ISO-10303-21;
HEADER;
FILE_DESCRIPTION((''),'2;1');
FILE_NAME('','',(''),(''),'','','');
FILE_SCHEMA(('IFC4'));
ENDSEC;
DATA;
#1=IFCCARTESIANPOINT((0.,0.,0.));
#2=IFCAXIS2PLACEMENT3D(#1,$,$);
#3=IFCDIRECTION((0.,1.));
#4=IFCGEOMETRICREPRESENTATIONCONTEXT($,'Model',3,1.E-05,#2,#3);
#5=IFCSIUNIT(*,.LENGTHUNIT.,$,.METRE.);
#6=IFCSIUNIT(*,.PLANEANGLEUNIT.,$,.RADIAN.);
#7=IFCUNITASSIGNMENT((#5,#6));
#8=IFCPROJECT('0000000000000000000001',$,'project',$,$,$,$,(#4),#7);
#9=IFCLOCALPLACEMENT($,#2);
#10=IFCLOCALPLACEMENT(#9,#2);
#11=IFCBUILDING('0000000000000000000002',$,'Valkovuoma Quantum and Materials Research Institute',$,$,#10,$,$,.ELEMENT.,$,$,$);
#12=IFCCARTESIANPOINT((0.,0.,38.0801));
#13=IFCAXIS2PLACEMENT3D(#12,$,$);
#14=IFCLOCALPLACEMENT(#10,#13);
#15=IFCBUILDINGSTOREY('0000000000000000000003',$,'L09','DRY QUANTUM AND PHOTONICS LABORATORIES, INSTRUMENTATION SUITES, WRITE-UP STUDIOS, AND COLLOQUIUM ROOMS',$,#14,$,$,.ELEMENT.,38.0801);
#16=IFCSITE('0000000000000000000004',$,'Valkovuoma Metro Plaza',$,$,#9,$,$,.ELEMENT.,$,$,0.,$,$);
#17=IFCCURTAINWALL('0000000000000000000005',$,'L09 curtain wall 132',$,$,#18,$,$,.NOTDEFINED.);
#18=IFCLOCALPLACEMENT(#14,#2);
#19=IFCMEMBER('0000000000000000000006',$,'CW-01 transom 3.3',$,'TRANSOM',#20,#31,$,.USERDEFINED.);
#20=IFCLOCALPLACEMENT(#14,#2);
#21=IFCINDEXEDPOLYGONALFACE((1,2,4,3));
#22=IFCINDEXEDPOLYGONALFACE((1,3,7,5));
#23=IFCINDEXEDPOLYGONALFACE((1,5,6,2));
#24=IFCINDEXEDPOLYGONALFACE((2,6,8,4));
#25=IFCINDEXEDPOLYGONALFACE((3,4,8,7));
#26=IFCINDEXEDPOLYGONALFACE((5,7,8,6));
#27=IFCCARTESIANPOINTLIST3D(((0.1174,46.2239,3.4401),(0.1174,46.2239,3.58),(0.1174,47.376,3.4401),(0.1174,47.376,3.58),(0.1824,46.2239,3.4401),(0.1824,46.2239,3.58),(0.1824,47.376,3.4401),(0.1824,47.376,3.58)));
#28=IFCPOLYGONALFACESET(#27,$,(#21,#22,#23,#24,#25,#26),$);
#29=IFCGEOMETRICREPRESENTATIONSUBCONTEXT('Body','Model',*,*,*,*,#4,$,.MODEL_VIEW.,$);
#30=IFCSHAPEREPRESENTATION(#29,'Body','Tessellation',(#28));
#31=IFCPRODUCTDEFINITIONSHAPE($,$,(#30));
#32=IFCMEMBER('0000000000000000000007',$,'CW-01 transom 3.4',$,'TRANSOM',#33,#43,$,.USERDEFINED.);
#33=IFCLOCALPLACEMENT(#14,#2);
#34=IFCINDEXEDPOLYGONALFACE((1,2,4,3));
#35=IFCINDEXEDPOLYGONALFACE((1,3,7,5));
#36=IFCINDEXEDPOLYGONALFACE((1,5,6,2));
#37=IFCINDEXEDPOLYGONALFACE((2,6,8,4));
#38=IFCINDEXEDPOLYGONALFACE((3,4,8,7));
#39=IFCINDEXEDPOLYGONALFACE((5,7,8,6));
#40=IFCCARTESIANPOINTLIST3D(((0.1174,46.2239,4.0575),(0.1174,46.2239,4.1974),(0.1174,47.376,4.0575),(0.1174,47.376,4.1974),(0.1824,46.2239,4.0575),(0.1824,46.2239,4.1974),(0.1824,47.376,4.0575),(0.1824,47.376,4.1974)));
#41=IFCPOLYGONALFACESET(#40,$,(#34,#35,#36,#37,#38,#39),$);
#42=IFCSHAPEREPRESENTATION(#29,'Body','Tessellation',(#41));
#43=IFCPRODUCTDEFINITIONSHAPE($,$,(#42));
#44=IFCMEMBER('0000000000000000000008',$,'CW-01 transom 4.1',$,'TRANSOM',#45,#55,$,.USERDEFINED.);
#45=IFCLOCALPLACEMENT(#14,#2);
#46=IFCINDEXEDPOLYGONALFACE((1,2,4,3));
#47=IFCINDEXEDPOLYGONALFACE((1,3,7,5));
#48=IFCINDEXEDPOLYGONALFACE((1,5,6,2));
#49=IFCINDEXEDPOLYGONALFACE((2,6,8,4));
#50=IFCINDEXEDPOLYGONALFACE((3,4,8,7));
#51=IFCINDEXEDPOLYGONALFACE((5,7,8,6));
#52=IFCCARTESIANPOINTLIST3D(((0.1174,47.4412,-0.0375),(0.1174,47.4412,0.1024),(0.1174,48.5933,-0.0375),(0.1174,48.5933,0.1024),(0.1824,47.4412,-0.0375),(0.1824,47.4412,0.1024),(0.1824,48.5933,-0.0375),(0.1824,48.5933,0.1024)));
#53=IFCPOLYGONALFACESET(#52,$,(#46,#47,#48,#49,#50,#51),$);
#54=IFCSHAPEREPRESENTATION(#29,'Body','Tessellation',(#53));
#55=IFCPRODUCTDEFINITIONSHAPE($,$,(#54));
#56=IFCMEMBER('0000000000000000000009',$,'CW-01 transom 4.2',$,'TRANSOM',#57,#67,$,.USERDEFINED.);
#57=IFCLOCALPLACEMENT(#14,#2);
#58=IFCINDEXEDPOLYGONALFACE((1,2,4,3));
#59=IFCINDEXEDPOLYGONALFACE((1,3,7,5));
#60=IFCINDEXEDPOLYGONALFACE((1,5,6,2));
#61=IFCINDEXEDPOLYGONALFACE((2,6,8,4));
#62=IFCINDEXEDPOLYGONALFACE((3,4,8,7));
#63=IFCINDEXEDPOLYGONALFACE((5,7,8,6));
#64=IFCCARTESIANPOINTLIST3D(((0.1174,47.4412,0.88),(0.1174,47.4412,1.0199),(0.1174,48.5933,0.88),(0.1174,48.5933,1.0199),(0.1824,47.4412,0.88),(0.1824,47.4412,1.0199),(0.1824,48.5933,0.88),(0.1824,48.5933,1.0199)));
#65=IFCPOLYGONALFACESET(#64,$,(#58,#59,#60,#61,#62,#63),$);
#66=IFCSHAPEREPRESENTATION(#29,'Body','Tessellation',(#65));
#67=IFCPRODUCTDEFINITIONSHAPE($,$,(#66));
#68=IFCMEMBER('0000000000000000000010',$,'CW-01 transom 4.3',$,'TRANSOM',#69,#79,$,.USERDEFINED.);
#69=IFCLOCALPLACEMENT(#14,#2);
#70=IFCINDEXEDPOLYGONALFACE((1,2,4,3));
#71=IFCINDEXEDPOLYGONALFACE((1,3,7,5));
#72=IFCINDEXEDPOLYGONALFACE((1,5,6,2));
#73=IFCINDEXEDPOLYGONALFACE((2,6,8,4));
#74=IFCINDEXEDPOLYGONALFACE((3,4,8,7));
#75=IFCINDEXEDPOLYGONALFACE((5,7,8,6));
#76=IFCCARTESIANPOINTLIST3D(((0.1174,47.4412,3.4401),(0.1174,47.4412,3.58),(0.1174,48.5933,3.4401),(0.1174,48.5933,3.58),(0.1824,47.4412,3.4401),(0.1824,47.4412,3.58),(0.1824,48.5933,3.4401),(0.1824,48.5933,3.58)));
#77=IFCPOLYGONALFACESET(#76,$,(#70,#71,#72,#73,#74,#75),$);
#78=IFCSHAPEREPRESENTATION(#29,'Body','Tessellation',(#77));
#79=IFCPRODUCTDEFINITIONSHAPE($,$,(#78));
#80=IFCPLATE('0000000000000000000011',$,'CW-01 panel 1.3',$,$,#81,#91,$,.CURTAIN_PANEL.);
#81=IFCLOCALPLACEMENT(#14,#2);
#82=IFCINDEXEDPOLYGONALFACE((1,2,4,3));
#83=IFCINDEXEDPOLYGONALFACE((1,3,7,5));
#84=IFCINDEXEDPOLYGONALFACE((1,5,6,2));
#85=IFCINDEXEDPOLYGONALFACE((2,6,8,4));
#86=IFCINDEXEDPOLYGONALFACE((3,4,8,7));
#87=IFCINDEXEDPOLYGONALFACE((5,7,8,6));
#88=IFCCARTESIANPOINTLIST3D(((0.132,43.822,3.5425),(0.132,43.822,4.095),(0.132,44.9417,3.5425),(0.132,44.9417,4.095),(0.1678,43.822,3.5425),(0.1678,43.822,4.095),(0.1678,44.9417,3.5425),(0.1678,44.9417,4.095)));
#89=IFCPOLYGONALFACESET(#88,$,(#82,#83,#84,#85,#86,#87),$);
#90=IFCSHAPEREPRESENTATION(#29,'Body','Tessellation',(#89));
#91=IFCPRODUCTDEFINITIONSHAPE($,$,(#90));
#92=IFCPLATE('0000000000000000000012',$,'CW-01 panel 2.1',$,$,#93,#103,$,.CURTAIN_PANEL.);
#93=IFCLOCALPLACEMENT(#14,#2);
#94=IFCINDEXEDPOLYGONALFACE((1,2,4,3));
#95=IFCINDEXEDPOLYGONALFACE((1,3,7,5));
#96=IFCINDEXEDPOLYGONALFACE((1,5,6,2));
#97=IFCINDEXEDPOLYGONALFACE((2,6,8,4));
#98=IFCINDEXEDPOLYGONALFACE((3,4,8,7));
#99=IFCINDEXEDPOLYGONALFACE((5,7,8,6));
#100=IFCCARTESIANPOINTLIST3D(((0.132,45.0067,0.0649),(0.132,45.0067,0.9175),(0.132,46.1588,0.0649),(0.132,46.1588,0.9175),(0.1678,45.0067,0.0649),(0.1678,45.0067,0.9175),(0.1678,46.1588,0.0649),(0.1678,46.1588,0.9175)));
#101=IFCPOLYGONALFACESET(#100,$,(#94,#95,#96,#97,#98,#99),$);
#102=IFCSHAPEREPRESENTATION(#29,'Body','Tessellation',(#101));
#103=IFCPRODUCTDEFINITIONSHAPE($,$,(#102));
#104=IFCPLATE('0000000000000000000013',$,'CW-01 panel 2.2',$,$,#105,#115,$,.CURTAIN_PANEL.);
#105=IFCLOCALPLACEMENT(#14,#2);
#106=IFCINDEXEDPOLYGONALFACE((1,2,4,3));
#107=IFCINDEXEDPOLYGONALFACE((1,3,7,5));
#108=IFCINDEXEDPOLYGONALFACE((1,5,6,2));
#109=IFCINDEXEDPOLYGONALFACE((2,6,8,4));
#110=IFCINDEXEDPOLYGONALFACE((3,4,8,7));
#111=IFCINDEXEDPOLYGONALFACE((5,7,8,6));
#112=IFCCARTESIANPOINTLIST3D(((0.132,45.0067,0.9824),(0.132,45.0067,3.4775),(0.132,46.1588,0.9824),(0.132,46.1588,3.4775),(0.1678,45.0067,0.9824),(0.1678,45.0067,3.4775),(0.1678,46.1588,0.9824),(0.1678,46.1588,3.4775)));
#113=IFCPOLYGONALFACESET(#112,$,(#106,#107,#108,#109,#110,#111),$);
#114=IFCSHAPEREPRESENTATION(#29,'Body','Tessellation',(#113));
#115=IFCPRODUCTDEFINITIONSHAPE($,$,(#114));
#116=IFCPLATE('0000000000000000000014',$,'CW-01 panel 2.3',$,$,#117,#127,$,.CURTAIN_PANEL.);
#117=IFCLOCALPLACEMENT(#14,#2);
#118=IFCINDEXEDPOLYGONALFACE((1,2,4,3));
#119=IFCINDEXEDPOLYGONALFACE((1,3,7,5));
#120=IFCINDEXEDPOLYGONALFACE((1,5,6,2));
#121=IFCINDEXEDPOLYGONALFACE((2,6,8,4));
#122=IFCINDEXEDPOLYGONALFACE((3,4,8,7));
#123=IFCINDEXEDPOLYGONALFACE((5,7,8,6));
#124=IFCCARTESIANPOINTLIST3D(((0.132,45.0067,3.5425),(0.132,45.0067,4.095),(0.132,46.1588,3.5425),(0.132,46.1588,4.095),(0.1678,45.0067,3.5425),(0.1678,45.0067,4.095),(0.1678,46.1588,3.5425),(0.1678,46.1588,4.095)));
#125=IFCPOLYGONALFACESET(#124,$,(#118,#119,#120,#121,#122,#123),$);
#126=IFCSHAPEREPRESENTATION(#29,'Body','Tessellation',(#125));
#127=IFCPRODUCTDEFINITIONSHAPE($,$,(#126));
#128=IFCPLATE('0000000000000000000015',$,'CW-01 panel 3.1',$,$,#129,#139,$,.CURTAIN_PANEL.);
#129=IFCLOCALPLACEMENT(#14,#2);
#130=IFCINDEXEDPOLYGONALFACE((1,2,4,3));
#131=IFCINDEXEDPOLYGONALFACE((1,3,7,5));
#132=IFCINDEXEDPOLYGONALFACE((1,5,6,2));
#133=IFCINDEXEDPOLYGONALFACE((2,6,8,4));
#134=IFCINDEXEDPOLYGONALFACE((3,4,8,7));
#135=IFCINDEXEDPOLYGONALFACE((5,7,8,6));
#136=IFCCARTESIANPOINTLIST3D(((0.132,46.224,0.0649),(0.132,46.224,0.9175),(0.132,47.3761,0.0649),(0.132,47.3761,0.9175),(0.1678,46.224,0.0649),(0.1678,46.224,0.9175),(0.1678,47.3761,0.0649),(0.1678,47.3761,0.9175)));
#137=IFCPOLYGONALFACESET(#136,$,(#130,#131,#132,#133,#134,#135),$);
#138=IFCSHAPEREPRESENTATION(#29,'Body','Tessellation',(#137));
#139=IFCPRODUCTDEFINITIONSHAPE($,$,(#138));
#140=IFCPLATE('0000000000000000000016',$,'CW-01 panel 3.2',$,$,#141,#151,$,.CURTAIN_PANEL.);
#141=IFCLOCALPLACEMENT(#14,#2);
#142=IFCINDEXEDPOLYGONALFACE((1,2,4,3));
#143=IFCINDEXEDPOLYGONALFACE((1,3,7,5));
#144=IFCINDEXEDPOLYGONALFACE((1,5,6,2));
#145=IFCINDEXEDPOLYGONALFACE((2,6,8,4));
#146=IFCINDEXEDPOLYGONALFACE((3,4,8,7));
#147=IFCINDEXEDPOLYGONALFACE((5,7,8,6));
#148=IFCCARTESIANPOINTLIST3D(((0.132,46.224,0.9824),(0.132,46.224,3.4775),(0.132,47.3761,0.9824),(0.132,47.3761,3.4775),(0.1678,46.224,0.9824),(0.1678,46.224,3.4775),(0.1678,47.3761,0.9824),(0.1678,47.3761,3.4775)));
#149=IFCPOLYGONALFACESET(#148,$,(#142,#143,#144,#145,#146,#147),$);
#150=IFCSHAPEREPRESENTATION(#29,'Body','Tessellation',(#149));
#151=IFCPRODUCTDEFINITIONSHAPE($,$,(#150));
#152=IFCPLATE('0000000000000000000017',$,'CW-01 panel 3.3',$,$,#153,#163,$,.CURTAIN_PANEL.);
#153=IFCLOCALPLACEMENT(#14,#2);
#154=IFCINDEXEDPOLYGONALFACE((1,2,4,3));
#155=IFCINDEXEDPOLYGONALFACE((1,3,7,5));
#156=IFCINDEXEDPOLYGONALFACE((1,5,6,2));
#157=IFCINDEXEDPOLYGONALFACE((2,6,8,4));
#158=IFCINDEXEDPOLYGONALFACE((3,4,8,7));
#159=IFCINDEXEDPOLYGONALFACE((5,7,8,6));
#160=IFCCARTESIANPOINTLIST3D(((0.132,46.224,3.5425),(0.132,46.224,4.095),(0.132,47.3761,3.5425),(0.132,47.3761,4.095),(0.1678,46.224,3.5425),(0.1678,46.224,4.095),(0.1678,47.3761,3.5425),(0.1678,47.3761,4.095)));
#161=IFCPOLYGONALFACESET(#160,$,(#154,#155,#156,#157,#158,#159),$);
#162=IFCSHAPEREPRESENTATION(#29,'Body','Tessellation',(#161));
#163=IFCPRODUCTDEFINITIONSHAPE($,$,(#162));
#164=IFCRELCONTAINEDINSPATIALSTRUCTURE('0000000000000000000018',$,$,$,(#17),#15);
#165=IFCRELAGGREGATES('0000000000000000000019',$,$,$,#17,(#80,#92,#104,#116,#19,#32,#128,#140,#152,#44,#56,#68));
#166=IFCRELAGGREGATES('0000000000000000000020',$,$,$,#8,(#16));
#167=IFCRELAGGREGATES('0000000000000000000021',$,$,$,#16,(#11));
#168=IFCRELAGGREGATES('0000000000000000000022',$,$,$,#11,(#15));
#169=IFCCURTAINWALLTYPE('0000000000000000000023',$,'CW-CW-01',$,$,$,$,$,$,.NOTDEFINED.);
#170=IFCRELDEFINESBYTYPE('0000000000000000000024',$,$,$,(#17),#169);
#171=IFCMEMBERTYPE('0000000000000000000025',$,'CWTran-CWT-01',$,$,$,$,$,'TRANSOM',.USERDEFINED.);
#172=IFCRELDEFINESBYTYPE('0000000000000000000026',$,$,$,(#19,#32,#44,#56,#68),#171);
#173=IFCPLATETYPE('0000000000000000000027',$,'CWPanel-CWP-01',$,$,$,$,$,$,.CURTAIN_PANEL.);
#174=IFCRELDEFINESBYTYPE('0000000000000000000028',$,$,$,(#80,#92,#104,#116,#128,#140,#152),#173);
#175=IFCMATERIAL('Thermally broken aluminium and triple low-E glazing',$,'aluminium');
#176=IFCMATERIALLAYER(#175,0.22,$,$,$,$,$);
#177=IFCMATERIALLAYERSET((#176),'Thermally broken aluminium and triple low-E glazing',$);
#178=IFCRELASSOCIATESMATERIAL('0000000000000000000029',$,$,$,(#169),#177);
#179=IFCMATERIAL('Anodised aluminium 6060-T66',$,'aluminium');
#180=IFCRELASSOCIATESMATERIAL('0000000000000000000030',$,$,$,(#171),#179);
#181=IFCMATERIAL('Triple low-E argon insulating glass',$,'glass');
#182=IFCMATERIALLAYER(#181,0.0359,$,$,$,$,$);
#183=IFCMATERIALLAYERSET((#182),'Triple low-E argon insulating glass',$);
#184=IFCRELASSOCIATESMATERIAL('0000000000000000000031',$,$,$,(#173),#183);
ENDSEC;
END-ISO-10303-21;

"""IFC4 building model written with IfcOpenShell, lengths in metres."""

from ifc_helpers import new_model, si_unit, direction, frame, origin, origin_2d, place, context, subcontext, project, spatial, rectangle, extrude, material, layer, layer_set, material_profile, profile_set, type_object, element, aggregate, save


model = new_model("IFC4")

# Units and contexts
model_context = context("Model", 3, precision=1e-05, world=origin(), true_north=direction((0.0, 1.0)))
body_context = subcontext(model_context, "Body", "Model", "MODEL_VIEW")
ifc_project = project(units=[si_unit("LENGTHUNIT", "METRE"), si_unit("PLANEANGLEUNIT", "RADIAN")], contexts=[model_context])

# Site, building, storey
site_placement = place(None, origin())
site = spatial("IfcSite", under=ifc_project, at=site_placement, Name="Valkovuoma Metro Plaza", CompositionType="ELEMENT", RefElevation=0.0)
building_placement = place(site_placement, origin())
building = spatial("IfcBuilding", under=site, at=building_placement, Name="Valkovuoma Quantum and Materials Research Institute", CompositionType="ELEMENT")
storey_placement = place(building_placement, frame((0.0, 0.0, 38.0801)))
storey = spatial("IfcBuildingStorey", under=building, at=storey_placement, Name="L09", Description="DRY QUANTUM AND PHOTONICS LABORATORIES, INSTRUMENTATION SUITES, WRITE-UP STUDIOS, AND COLLOQUIUM ROOMS", CompositionType="ELEMENT", Elevation=38.0801)

# Curtain wall, members, plates
ifc_material_1 = material(Name="Thermally broken aluminium and triple low-E glazing", Category="aluminium")
ifc_layer_1 = layer(ifc_material_1, 0.22)
ifc_layer_set_1 = layer_set([ifc_layer_1], Name="Thermally broken aluminium and triple low-E glazing")
curtain_wall_type = type_object("IfcCurtainWallType", Name="CW-CW-01", PredefinedType="NOTDEFINED", material=ifc_layer_set_1)
curtain_wall_placement = place(storey_placement, origin())
curtain_wall = element("IfcCurtainWall", 1, at=curtain_wall_placement, inside=storey, type_object=curtain_wall_type, Name="L09 curtain wall 132", PredefinedType="NOTDEFINED")
ifc_material_2 = material(Name="Anodised aluminium 6060-T66", Category="aluminium")
ifc_material_profile_1 = material_profile(ifc_material_2, rectangle(XDim=0.0649, YDim=0.1399, at=origin_2d()), Name="Anodised aluminium 6060-T66")
ifc_profile_set_1 = profile_set([ifc_material_profile_1], Name="Anodised aluminium 6060-T66")
member_type_1 = type_object("IfcMemberType", Name="CWTran-CWT-01", ElementType="TRANSOM", PredefinedType="USERDEFINED", material=ifc_profile_set_1)
member_1_placement = place(storey_placement, frame((0.1499, 46.2239, 3.51), z_axis=(0.0, 1.0, 0.0), x_axis=(-1.0, 0.0, 0.0)))
member_1 = element("IfcMember", 2, at=member_1_placement, type_object=member_type_1, Name="CW-01 transom 3.3", ObjectType="TRANSOM", PredefinedType="USERDEFINED", context=body_context, shape_type="SweptSolid", body=[
    extrude(rectangle(XDim=0.0649, YDim=0.1399, at=origin_2d()), origin(), (0.0, 0.0, 1.0), 1.1521),
])
member_2_placement = place(storey_placement, frame((0.1499, 46.2239, 4.1274), z_axis=(0.0, 1.0, 0.0), x_axis=(-1.0, 0.0, 0.0)))
member_2 = element("IfcMember", 3, at=member_2_placement, type_object=member_type_1, Name="CW-01 transom 3.4", ObjectType="TRANSOM", PredefinedType="USERDEFINED", context=body_context, shape_type="SweptSolid", body=[
    extrude(rectangle(XDim=0.0649, YDim=0.1399, at=origin_2d()), origin(), (0.0, 0.0, 1.0), 1.1521),
])
member_3_placement = place(storey_placement, frame((0.1499, 47.4412, 0.0325), z_axis=(0.0, 1.0, 0.0), x_axis=(-1.0, 0.0, 0.0)))
member_3 = element("IfcMember", 4, at=member_3_placement, type_object=member_type_1, Name="CW-01 transom 4.1", ObjectType="TRANSOM", PredefinedType="USERDEFINED", context=body_context, shape_type="SweptSolid", body=[
    extrude(rectangle(XDim=0.0649, YDim=0.1399, at=origin_2d()), origin(), (0.0, 0.0, 1.0), 1.1521),
])
member_4_placement = place(storey_placement, frame((0.1499, 47.4412, 0.95), z_axis=(0.0, 1.0, 0.0), x_axis=(-1.0, 0.0, 0.0)))
member_4 = element("IfcMember", 5, at=member_4_placement, type_object=member_type_1, Name="CW-01 transom 4.2", ObjectType="TRANSOM", PredefinedType="USERDEFINED", context=body_context, shape_type="SweptSolid", body=[
    extrude(rectangle(XDim=0.0649, YDim=0.1399, at=origin_2d()), origin(), (0.0, 0.0, 1.0), 1.1521),
])
member_5_placement = place(storey_placement, frame((0.1499, 47.4412, 3.51), z_axis=(0.0, 1.0, 0.0), x_axis=(-1.0, 0.0, 0.0)))
member_5 = element("IfcMember", 6, at=member_5_placement, type_object=member_type_1, Name="CW-01 transom 4.3", ObjectType="TRANSOM", PredefinedType="USERDEFINED", context=body_context, shape_type="SweptSolid", body=[
    extrude(rectangle(XDim=0.0649, YDim=0.1399, at=origin_2d()), origin(), (0.0, 0.0, 1.0), 1.1521),
])
ifc_material_3 = material(Name="Triple low-E argon insulating glass", Category="glass")
ifc_layer_2 = layer(ifc_material_3, 0.0359)
ifc_layer_set_2 = layer_set([ifc_layer_2], Name="Triple low-E argon insulating glass")
plate_type = type_object("IfcPlateType", Name="CWPanel-CWP-01", PredefinedType="CURTAIN_PANEL", material=ifc_layer_set_2)
plate_1_placement = place(storey_placement, frame((0.1499, 44.3818, 3.5425), z_axis=(0.0, 0.0, 1.0), x_axis=(0.0, 1.0, 0.0)))
plate_1 = element("IfcPlate", 7, at=plate_1_placement, type_object=plate_type, Name="CW-01 panel 1.3", PredefinedType="CURTAIN_PANEL", context=body_context, shape_type="SweptSolid", body=[
    extrude(rectangle(XDim=1.1196, YDim=0.0359, at=origin_2d()), origin(), (0.0, 0.0, 1.0), 0.5525),
])
plate_2_placement = place(storey_placement, frame((0.1499, 45.5828, 0.0649), z_axis=(0.0, 0.0, 1.0), x_axis=(0.0, 1.0, 0.0)))
plate_2 = element("IfcPlate", 8, at=plate_2_placement, type_object=plate_type, Name="CW-01 panel 2.1", PredefinedType="CURTAIN_PANEL", context=body_context, shape_type="SweptSolid", body=[
    extrude(rectangle(XDim=1.1521, YDim=0.0359, at=origin_2d()), origin(), (0.0, 0.0, 1.0), 0.8525),
])
plate_3_placement = place(storey_placement, frame((0.1499, 45.5828, 0.9824), z_axis=(0.0, 0.0, 1.0), x_axis=(0.0, 1.0, 0.0)))
plate_3 = element("IfcPlate", 9, at=plate_3_placement, type_object=plate_type, Name="CW-01 panel 2.2", PredefinedType="CURTAIN_PANEL", context=body_context, shape_type="SweptSolid", body=[
    extrude(rectangle(XDim=1.1521, YDim=0.0359, at=origin_2d()), origin(), (0.0, 0.0, 1.0), 2.4951),
])
plate_4_placement = place(storey_placement, frame((0.1499, 45.5828, 3.5425), z_axis=(0.0, 0.0, 1.0), x_axis=(0.0, 1.0, 0.0)))
plate_4 = element("IfcPlate", 10, at=plate_4_placement, type_object=plate_type, Name="CW-01 panel 2.3", PredefinedType="CURTAIN_PANEL", context=body_context, shape_type="SweptSolid", body=[
    extrude(rectangle(XDim=1.1521, YDim=0.0359, at=origin_2d()), origin(), (0.0, 0.0, 1.0), 0.5525),
])
plate_5_placement = place(storey_placement, frame((0.1499, 46.8, 0.0649), z_axis=(0.0, 0.0, 1.0), x_axis=(0.0, 1.0, 0.0)))
plate_5 = element("IfcPlate", 11, at=plate_5_placement, type_object=plate_type, Name="CW-01 panel 3.1", PredefinedType="CURTAIN_PANEL", context=body_context, shape_type="SweptSolid", body=[
    extrude(rectangle(XDim=1.1521, YDim=0.0359, at=origin_2d()), origin(), (0.0, 0.0, 1.0), 0.8525),
])
plate_6_placement = place(storey_placement, frame((0.1499, 46.8, 0.9824), z_axis=(0.0, 0.0, 1.0), x_axis=(0.0, 1.0, 0.0)))
plate_6 = element("IfcPlate", 12, at=plate_6_placement, type_object=plate_type, Name="CW-01 panel 3.2", PredefinedType="CURTAIN_PANEL", context=body_context, shape_type="SweptSolid", body=[
    extrude(rectangle(XDim=1.1521, YDim=0.0359, at=origin_2d()), origin(), (0.0, 0.0, 1.0), 2.4951),
])
plate_7_placement = place(storey_placement, frame((0.1499, 46.8, 3.5425), z_axis=(0.0, 0.0, 1.0), x_axis=(0.0, 1.0, 0.0)))
plate_7 = element("IfcPlate", 13, at=plate_7_placement, type_object=plate_type, Name="CW-01 panel 3.3", PredefinedType="CURTAIN_PANEL", context=body_context, shape_type="SweptSolid", body=[
    extrude(rectangle(XDim=1.1521, YDim=0.0359, at=origin_2d()), origin(), (0.0, 0.0, 1.0), 0.5525),
])
aggregate(curtain_wall, [plate_1, plate_2, plate_3, plate_4, member_1, member_2, plate_5, plate_6, plate_7, member_3, member_4, member_5])

save(model, "model.ifc")
